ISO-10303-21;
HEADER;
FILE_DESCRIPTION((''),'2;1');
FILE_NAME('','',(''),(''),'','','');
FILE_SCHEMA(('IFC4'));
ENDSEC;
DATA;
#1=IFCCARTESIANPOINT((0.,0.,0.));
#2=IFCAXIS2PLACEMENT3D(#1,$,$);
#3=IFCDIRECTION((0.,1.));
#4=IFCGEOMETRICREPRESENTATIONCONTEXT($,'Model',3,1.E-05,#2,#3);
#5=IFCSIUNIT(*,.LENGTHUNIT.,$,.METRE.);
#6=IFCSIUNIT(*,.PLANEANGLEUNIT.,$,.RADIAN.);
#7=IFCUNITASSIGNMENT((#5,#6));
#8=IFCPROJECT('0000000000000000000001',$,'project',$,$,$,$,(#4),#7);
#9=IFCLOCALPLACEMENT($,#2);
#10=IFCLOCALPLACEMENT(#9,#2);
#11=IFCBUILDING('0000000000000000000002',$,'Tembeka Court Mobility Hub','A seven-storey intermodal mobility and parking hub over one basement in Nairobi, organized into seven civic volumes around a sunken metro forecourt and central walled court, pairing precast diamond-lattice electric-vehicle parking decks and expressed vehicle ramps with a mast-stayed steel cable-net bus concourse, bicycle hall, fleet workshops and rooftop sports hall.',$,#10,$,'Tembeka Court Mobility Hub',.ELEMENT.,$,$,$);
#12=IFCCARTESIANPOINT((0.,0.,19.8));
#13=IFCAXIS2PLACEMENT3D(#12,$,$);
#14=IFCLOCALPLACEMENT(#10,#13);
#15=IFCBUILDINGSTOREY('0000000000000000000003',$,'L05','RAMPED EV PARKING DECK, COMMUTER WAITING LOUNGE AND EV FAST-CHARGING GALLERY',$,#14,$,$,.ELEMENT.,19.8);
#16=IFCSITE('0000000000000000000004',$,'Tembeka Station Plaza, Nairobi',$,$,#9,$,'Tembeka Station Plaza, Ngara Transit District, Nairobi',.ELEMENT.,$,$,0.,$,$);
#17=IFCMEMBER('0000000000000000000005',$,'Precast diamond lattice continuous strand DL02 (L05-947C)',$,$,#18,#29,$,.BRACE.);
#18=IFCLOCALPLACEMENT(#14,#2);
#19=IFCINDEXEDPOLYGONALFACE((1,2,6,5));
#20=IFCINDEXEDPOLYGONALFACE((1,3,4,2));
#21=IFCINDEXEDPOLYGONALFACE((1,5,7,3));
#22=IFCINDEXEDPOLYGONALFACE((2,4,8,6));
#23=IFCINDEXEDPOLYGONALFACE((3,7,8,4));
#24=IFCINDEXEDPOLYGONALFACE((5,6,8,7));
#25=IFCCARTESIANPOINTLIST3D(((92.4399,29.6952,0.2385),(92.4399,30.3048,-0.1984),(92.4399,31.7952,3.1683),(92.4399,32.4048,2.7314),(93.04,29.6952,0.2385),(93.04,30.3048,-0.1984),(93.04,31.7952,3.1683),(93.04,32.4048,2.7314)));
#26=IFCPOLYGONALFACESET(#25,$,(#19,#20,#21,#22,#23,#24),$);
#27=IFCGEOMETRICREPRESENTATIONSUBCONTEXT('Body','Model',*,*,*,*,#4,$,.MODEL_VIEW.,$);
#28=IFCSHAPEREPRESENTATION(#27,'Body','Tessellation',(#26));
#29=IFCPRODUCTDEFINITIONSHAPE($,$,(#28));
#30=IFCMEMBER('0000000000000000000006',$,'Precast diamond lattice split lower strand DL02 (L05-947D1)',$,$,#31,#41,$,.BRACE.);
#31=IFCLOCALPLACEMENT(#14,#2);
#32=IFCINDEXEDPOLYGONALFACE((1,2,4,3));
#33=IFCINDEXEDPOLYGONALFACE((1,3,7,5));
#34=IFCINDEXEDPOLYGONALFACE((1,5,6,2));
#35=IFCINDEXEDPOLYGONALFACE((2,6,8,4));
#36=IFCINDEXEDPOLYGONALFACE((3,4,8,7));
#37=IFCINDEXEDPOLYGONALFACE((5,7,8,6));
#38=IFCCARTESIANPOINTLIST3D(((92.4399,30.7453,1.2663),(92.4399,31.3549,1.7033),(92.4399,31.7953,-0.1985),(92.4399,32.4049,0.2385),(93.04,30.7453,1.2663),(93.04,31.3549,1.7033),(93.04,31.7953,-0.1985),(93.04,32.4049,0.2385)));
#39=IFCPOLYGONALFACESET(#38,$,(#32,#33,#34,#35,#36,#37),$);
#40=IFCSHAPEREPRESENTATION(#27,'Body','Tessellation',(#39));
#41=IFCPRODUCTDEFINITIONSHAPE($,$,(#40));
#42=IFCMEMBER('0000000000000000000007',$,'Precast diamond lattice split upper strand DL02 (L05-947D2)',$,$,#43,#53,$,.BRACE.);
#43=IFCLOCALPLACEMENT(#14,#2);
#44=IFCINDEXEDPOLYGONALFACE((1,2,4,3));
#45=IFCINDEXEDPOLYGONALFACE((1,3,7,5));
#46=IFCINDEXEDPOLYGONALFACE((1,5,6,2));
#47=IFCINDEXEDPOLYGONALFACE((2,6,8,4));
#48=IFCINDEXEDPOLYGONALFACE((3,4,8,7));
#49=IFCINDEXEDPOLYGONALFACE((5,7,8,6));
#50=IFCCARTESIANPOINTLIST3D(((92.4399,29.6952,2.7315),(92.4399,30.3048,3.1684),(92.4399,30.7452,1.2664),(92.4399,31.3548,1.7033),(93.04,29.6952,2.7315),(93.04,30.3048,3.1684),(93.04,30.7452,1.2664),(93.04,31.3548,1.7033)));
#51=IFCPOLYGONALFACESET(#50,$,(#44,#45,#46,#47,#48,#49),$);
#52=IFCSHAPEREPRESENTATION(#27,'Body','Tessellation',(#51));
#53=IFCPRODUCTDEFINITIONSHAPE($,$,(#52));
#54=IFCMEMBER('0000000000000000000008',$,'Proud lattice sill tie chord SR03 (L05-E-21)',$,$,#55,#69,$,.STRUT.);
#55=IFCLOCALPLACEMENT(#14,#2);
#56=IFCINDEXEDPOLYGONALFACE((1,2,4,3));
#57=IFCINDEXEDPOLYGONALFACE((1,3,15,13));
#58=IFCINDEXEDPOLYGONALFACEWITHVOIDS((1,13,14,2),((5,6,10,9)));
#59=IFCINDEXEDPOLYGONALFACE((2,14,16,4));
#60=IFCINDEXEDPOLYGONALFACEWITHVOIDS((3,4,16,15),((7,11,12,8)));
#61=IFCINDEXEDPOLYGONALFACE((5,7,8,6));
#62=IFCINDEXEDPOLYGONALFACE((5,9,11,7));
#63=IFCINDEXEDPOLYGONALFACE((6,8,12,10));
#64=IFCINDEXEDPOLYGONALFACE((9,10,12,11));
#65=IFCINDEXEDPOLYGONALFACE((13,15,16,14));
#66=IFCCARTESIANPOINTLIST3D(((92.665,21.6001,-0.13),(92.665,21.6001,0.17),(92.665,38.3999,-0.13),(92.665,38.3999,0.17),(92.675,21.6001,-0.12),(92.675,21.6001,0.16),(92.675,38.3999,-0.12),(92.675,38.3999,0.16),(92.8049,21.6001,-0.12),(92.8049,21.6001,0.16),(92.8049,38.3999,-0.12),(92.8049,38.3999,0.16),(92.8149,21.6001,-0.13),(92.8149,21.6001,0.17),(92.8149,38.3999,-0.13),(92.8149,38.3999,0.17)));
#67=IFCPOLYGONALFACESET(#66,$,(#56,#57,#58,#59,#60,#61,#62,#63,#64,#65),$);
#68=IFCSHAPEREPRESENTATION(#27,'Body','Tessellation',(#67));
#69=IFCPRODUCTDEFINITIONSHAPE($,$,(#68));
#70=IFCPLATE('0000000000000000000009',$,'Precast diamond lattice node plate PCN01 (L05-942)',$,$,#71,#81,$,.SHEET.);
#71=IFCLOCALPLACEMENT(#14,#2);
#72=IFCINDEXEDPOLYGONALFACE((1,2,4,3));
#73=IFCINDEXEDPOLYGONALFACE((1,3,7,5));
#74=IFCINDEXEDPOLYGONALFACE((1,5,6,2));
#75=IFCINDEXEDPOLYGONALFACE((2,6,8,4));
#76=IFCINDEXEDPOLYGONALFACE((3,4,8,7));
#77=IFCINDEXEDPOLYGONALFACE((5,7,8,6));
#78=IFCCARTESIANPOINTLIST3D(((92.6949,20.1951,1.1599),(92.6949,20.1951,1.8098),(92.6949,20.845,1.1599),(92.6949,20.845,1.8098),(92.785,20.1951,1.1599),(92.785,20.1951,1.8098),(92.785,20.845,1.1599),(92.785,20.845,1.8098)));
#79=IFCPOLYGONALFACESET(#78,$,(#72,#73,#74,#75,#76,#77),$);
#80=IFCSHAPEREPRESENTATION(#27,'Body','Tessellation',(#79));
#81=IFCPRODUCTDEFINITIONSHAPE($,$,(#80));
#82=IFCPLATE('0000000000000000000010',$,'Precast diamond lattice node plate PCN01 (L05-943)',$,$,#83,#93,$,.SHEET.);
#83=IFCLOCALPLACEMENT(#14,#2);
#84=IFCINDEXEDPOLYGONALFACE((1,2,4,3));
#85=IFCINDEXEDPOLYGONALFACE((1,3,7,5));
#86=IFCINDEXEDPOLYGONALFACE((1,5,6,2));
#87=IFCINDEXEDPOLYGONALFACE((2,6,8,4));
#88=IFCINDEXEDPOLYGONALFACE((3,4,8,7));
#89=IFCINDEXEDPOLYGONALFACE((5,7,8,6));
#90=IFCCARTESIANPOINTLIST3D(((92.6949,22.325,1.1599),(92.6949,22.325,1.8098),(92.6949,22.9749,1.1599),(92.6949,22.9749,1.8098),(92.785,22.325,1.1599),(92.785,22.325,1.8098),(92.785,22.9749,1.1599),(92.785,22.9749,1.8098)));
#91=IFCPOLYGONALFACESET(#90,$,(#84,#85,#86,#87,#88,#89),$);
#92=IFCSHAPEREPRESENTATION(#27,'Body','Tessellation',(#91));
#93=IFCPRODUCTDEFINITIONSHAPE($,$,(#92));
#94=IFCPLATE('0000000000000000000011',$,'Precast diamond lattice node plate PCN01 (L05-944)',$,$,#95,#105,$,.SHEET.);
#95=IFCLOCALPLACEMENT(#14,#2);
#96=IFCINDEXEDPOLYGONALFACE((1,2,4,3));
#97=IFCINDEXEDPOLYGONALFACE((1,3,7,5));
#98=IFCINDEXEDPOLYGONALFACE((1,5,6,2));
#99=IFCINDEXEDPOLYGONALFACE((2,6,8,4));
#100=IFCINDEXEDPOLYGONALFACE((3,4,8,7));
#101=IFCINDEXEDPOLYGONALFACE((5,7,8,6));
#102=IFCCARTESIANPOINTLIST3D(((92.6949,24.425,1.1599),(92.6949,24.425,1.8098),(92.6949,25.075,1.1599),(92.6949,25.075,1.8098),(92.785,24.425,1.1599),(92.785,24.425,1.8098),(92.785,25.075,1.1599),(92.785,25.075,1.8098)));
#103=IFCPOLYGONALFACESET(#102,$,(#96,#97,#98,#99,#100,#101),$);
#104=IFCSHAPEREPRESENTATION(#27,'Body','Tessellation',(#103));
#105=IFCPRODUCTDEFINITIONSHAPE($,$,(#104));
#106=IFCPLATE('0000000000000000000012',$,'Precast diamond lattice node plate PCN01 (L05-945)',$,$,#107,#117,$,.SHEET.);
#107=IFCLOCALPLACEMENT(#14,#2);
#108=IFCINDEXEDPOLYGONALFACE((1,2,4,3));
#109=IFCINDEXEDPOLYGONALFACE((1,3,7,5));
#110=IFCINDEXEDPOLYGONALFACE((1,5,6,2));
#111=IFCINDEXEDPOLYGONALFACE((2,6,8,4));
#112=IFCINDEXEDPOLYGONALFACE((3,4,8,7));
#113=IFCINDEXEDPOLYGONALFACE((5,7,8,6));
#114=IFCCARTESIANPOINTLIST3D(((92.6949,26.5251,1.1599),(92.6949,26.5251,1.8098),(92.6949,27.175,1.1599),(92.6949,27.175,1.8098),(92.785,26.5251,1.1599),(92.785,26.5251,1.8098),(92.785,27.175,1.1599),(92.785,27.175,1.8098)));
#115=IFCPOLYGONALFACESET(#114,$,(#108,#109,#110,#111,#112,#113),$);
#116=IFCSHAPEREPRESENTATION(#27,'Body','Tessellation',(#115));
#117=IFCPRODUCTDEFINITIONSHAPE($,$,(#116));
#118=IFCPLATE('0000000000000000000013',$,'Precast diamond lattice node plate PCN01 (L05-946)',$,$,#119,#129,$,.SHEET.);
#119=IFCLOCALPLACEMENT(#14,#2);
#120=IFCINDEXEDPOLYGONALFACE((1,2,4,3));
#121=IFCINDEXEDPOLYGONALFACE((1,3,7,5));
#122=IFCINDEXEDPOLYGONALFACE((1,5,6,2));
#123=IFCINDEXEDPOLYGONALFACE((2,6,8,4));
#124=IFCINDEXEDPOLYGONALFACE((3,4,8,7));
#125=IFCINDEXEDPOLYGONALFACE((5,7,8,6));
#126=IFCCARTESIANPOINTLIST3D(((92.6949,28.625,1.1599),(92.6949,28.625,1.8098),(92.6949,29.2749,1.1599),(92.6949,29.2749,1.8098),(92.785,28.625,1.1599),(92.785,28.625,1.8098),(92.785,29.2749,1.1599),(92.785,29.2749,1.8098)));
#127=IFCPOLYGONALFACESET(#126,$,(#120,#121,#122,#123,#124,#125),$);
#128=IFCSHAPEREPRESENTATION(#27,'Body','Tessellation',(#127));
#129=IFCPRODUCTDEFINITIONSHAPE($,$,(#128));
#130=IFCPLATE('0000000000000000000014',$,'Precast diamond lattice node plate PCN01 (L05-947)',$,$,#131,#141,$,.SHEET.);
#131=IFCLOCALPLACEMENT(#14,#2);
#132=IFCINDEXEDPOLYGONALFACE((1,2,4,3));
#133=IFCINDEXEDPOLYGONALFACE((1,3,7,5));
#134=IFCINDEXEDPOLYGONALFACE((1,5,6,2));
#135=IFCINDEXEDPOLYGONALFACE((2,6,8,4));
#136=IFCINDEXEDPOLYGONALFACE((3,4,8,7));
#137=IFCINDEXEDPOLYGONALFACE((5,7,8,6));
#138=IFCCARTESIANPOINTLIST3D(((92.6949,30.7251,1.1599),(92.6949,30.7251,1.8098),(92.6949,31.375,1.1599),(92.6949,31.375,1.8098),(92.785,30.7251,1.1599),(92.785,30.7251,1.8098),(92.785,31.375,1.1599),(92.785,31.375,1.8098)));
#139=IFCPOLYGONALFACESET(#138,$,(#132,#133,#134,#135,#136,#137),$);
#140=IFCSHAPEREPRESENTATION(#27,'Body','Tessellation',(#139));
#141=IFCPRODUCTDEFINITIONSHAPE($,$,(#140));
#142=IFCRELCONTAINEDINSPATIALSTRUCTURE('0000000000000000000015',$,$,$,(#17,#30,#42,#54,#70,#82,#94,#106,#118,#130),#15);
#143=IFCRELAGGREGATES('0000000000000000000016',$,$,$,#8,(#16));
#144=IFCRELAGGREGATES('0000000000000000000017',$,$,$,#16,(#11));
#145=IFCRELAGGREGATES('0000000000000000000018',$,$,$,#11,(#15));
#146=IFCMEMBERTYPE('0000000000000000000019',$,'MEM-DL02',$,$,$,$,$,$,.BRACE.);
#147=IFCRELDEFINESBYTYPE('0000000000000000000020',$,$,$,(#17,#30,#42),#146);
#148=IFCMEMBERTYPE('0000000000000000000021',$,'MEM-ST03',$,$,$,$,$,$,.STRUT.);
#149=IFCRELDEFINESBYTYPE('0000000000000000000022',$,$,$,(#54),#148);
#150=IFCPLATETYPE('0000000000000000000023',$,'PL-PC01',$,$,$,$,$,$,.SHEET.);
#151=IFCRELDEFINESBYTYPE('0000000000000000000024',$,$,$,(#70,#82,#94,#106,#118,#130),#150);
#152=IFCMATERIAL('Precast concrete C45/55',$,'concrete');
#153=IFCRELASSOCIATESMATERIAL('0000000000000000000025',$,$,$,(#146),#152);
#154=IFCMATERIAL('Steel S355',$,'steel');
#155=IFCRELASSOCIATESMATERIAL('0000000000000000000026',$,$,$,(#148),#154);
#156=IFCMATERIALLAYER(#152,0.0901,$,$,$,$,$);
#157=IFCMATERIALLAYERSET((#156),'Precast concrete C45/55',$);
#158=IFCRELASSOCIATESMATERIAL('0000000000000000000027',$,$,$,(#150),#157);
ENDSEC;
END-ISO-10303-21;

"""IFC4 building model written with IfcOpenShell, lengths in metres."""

from ifc_helpers import new_model, si_unit, direction, frame, origin, origin_2d, place, context, subcontext, project, spatial, rectangle, hollow_rectangle, extrude, material, layer, layer_set, material_profile, profile_set, type_object, element, save


model = new_model("IFC4")

# Units and contexts
model_context = context("Model", 3, precision=1e-05, world=origin(), true_north=direction((0.0, 1.0)))
body_context = subcontext(model_context, "Body", "Model", "MODEL_VIEW")
ifc_project = project(units=[si_unit("LENGTHUNIT", "METRE"), si_unit("PLANEANGLEUNIT", "RADIAN")], contexts=[model_context])

# Site, building, storey
site_placement = place(None, origin())
site = spatial("IfcSite", under=ifc_project, at=site_placement, Name="Tembeka Station Plaza, Nairobi", LongName="Tembeka Station Plaza, Ngara Transit District, Nairobi", CompositionType="ELEMENT", RefElevation=0.0)
building_placement = place(site_placement, origin())
building = spatial("IfcBuilding", under=site, at=building_placement, Name="Tembeka Court Mobility Hub", Description="A seven-storey intermodal mobility and parking hub over one basement in Nairobi, organized into seven civic volumes around a sunken metro forecourt and central walled court, pairing precast diamond-lattice electric-vehicle parking decks and expressed vehicle ramps with a mast-stayed steel cable-net bus concourse, bicycle hall, fleet workshops and rooftop sports hall.", LongName="Tembeka Court Mobility Hub", CompositionType="ELEMENT")
storey_placement = place(building_placement, frame((0.0, 0.0, 19.8)))
storey = spatial("IfcBuildingStorey", under=building, at=storey_placement, Name="L05", Description="RAMPED EV PARKING DECK, COMMUTER WAITING LOUNGE AND EV FAST-CHARGING GALLERY", CompositionType="ELEMENT", Elevation=19.8)

# Members
ifc_material_1 = material(Name="Precast concrete C45/55", Category="concrete")
ifc_material_profile_1 = material_profile(ifc_material_1, rectangle(XDim=0.6001, YDim=0.75, at=origin_2d()), Name="PC-DIAG 600x750")
ifc_profile_set_1 = profile_set([ifc_material_profile_1], Name="Precast concrete C45/55")
member_type_1 = type_object("IfcMemberType", Name="MEM-DL02", PredefinedType="BRACE", material=ifc_profile_set_1)
member_1_placement = place(storey_placement, frame((92.74, 30.0, 0.02), z_axis=(0.0, 0.582576, 0.812776), x_axis=(-1.0, 0.0, 0.0)))
element("IfcMember", 1, at=member_1_placement, inside=storey, type_object=member_type_1, Name="Precast diamond lattice continuous strand DL02 (L05-947C)", PredefinedType="BRACE", context=body_context, shape_type="SweptSolid", body=[
    extrude(rectangle(XDim=0.6001, YDim=0.75, at=origin_2d()), origin(), (0.0, 0.0, 1.0), 3.6047),
])
member_2_placement = place(storey_placement, frame((92.74, 32.1001, 0.02), z_axis=(0.0, -0.582608, 0.812753), x_axis=(1.0, 0.0, 0.0)))
element("IfcMember", 2, at=member_2_placement, inside=storey, type_object=member_type_1, Name="Precast diamond lattice split lower strand DL02 (L05-947D1)", PredefinedType="BRACE", context=body_context, shape_type="SweptSolid", body=[
    extrude(rectangle(XDim=0.6001, YDim=0.75, at=origin_2d()), origin(), (0.0, 0.0, 1.0), 1.8022),
])
member_3_placement = place(storey_placement, frame((92.74, 31.05, 1.4849), z_axis=(0.0, -0.582544, 0.812799), x_axis=(1.0, 0.0, 0.0)))
element("IfcMember", 3, at=member_3_placement, inside=storey, type_object=member_type_1, Name="Precast diamond lattice split upper strand DL02 (L05-947D2)", PredefinedType="BRACE", context=body_context, shape_type="SweptSolid", body=[
    extrude(rectangle(XDim=0.6001, YDim=0.75, at=origin_2d()), origin(), (0.0, 0.0, 1.0), 1.8025),
])
ifc_material_2 = material(Name="Steel S355", Category="steel")
ifc_material_profile_2 = material_profile(ifc_material_2, hollow_rectangle(XDim=0.1499, YDim=0.3, WallThickness=0.01, at=origin_2d()), Name="RHS 300x150x10")
ifc_profile_set_2 = profile_set([ifc_material_profile_2], Name="Steel S355")
member_type_2 = type_object("IfcMemberType", Name="MEM-ST03", PredefinedType="STRUT", material=ifc_profile_set_2)
member_4_placement = place(storey_placement, frame((92.74, 21.6001, 0.02), z_axis=(0.0, 1.0, 0.0), x_axis=(-1.0, 0.0, 0.0)))
element("IfcMember", 4, at=member_4_placement, inside=storey, type_object=member_type_2, Name="Proud lattice sill tie chord SR03 (L05-E-21)", PredefinedType="STRUT", context=body_context, shape_type="SweptSolid", body=[
    extrude(hollow_rectangle(XDim=0.1499, YDim=0.3, WallThickness=0.01, at=origin_2d()), origin(), (0.0, 0.0, 1.0), 16.7998),
])

# Plates
ifc_layer = layer(ifc_material_1, 0.0901)
ifc_layer_set = layer_set([ifc_layer], Name="Precast concrete C45/55")
plate_type = type_object("IfcPlateType", Name="PL-PC01", PredefinedType="SHEET", material=ifc_layer_set)
for number, where, z_axis, x_axis, name in (
    (5, (92.74, 20.52, 1.1599), (0.0, 0.0, 1.0), (1.0, 0.0, 0.0), "Precast diamond lattice node plate PCN01 (L05-942)"),
    (6, (92.74, 22.6499, 1.1599), (0.0, 0.0, 1.0), (1.0, 0.0, 0.0), "Precast diamond lattice node plate PCN01 (L05-943)"),
    (7, (92.74, 24.75, 1.1599), (0.0, 0.0, 1.0), (1.0, 0.0, 0.0), "Precast diamond lattice node plate PCN01 (L05-944)"),
    (8, (92.74, 26.8501, 1.1599), (0.0, 0.0, 1.0), (1.0, 0.0, 0.0), "Precast diamond lattice node plate PCN01 (L05-945)"),
    (9, (92.74, 28.95, 1.1599), (0.0, 0.0, 1.0), (1.0, 0.0, 0.0), "Precast diamond lattice node plate PCN01 (L05-946)"),
    (10, (92.74, 31.05, 1.1599), (0.0, 0.0, 1.0), (1.0, 0.0, 0.0), "Precast diamond lattice node plate PCN01 (L05-947)"),
):
    element("IfcPlate", number, at=place(storey_placement, frame(where, z_axis=z_axis, x_axis=x_axis)), inside=storey, type_object=plate_type, Name=name, PredefinedType="SHEET", context=body_context, shape_type="SweptSolid", body=[
        extrude(rectangle(XDim=0.0901, YDim=0.6499, at=origin_2d()), origin(), (0.0, 0.0, 1.0), 0.6499),
    ])

save(model, "model.ifc")
